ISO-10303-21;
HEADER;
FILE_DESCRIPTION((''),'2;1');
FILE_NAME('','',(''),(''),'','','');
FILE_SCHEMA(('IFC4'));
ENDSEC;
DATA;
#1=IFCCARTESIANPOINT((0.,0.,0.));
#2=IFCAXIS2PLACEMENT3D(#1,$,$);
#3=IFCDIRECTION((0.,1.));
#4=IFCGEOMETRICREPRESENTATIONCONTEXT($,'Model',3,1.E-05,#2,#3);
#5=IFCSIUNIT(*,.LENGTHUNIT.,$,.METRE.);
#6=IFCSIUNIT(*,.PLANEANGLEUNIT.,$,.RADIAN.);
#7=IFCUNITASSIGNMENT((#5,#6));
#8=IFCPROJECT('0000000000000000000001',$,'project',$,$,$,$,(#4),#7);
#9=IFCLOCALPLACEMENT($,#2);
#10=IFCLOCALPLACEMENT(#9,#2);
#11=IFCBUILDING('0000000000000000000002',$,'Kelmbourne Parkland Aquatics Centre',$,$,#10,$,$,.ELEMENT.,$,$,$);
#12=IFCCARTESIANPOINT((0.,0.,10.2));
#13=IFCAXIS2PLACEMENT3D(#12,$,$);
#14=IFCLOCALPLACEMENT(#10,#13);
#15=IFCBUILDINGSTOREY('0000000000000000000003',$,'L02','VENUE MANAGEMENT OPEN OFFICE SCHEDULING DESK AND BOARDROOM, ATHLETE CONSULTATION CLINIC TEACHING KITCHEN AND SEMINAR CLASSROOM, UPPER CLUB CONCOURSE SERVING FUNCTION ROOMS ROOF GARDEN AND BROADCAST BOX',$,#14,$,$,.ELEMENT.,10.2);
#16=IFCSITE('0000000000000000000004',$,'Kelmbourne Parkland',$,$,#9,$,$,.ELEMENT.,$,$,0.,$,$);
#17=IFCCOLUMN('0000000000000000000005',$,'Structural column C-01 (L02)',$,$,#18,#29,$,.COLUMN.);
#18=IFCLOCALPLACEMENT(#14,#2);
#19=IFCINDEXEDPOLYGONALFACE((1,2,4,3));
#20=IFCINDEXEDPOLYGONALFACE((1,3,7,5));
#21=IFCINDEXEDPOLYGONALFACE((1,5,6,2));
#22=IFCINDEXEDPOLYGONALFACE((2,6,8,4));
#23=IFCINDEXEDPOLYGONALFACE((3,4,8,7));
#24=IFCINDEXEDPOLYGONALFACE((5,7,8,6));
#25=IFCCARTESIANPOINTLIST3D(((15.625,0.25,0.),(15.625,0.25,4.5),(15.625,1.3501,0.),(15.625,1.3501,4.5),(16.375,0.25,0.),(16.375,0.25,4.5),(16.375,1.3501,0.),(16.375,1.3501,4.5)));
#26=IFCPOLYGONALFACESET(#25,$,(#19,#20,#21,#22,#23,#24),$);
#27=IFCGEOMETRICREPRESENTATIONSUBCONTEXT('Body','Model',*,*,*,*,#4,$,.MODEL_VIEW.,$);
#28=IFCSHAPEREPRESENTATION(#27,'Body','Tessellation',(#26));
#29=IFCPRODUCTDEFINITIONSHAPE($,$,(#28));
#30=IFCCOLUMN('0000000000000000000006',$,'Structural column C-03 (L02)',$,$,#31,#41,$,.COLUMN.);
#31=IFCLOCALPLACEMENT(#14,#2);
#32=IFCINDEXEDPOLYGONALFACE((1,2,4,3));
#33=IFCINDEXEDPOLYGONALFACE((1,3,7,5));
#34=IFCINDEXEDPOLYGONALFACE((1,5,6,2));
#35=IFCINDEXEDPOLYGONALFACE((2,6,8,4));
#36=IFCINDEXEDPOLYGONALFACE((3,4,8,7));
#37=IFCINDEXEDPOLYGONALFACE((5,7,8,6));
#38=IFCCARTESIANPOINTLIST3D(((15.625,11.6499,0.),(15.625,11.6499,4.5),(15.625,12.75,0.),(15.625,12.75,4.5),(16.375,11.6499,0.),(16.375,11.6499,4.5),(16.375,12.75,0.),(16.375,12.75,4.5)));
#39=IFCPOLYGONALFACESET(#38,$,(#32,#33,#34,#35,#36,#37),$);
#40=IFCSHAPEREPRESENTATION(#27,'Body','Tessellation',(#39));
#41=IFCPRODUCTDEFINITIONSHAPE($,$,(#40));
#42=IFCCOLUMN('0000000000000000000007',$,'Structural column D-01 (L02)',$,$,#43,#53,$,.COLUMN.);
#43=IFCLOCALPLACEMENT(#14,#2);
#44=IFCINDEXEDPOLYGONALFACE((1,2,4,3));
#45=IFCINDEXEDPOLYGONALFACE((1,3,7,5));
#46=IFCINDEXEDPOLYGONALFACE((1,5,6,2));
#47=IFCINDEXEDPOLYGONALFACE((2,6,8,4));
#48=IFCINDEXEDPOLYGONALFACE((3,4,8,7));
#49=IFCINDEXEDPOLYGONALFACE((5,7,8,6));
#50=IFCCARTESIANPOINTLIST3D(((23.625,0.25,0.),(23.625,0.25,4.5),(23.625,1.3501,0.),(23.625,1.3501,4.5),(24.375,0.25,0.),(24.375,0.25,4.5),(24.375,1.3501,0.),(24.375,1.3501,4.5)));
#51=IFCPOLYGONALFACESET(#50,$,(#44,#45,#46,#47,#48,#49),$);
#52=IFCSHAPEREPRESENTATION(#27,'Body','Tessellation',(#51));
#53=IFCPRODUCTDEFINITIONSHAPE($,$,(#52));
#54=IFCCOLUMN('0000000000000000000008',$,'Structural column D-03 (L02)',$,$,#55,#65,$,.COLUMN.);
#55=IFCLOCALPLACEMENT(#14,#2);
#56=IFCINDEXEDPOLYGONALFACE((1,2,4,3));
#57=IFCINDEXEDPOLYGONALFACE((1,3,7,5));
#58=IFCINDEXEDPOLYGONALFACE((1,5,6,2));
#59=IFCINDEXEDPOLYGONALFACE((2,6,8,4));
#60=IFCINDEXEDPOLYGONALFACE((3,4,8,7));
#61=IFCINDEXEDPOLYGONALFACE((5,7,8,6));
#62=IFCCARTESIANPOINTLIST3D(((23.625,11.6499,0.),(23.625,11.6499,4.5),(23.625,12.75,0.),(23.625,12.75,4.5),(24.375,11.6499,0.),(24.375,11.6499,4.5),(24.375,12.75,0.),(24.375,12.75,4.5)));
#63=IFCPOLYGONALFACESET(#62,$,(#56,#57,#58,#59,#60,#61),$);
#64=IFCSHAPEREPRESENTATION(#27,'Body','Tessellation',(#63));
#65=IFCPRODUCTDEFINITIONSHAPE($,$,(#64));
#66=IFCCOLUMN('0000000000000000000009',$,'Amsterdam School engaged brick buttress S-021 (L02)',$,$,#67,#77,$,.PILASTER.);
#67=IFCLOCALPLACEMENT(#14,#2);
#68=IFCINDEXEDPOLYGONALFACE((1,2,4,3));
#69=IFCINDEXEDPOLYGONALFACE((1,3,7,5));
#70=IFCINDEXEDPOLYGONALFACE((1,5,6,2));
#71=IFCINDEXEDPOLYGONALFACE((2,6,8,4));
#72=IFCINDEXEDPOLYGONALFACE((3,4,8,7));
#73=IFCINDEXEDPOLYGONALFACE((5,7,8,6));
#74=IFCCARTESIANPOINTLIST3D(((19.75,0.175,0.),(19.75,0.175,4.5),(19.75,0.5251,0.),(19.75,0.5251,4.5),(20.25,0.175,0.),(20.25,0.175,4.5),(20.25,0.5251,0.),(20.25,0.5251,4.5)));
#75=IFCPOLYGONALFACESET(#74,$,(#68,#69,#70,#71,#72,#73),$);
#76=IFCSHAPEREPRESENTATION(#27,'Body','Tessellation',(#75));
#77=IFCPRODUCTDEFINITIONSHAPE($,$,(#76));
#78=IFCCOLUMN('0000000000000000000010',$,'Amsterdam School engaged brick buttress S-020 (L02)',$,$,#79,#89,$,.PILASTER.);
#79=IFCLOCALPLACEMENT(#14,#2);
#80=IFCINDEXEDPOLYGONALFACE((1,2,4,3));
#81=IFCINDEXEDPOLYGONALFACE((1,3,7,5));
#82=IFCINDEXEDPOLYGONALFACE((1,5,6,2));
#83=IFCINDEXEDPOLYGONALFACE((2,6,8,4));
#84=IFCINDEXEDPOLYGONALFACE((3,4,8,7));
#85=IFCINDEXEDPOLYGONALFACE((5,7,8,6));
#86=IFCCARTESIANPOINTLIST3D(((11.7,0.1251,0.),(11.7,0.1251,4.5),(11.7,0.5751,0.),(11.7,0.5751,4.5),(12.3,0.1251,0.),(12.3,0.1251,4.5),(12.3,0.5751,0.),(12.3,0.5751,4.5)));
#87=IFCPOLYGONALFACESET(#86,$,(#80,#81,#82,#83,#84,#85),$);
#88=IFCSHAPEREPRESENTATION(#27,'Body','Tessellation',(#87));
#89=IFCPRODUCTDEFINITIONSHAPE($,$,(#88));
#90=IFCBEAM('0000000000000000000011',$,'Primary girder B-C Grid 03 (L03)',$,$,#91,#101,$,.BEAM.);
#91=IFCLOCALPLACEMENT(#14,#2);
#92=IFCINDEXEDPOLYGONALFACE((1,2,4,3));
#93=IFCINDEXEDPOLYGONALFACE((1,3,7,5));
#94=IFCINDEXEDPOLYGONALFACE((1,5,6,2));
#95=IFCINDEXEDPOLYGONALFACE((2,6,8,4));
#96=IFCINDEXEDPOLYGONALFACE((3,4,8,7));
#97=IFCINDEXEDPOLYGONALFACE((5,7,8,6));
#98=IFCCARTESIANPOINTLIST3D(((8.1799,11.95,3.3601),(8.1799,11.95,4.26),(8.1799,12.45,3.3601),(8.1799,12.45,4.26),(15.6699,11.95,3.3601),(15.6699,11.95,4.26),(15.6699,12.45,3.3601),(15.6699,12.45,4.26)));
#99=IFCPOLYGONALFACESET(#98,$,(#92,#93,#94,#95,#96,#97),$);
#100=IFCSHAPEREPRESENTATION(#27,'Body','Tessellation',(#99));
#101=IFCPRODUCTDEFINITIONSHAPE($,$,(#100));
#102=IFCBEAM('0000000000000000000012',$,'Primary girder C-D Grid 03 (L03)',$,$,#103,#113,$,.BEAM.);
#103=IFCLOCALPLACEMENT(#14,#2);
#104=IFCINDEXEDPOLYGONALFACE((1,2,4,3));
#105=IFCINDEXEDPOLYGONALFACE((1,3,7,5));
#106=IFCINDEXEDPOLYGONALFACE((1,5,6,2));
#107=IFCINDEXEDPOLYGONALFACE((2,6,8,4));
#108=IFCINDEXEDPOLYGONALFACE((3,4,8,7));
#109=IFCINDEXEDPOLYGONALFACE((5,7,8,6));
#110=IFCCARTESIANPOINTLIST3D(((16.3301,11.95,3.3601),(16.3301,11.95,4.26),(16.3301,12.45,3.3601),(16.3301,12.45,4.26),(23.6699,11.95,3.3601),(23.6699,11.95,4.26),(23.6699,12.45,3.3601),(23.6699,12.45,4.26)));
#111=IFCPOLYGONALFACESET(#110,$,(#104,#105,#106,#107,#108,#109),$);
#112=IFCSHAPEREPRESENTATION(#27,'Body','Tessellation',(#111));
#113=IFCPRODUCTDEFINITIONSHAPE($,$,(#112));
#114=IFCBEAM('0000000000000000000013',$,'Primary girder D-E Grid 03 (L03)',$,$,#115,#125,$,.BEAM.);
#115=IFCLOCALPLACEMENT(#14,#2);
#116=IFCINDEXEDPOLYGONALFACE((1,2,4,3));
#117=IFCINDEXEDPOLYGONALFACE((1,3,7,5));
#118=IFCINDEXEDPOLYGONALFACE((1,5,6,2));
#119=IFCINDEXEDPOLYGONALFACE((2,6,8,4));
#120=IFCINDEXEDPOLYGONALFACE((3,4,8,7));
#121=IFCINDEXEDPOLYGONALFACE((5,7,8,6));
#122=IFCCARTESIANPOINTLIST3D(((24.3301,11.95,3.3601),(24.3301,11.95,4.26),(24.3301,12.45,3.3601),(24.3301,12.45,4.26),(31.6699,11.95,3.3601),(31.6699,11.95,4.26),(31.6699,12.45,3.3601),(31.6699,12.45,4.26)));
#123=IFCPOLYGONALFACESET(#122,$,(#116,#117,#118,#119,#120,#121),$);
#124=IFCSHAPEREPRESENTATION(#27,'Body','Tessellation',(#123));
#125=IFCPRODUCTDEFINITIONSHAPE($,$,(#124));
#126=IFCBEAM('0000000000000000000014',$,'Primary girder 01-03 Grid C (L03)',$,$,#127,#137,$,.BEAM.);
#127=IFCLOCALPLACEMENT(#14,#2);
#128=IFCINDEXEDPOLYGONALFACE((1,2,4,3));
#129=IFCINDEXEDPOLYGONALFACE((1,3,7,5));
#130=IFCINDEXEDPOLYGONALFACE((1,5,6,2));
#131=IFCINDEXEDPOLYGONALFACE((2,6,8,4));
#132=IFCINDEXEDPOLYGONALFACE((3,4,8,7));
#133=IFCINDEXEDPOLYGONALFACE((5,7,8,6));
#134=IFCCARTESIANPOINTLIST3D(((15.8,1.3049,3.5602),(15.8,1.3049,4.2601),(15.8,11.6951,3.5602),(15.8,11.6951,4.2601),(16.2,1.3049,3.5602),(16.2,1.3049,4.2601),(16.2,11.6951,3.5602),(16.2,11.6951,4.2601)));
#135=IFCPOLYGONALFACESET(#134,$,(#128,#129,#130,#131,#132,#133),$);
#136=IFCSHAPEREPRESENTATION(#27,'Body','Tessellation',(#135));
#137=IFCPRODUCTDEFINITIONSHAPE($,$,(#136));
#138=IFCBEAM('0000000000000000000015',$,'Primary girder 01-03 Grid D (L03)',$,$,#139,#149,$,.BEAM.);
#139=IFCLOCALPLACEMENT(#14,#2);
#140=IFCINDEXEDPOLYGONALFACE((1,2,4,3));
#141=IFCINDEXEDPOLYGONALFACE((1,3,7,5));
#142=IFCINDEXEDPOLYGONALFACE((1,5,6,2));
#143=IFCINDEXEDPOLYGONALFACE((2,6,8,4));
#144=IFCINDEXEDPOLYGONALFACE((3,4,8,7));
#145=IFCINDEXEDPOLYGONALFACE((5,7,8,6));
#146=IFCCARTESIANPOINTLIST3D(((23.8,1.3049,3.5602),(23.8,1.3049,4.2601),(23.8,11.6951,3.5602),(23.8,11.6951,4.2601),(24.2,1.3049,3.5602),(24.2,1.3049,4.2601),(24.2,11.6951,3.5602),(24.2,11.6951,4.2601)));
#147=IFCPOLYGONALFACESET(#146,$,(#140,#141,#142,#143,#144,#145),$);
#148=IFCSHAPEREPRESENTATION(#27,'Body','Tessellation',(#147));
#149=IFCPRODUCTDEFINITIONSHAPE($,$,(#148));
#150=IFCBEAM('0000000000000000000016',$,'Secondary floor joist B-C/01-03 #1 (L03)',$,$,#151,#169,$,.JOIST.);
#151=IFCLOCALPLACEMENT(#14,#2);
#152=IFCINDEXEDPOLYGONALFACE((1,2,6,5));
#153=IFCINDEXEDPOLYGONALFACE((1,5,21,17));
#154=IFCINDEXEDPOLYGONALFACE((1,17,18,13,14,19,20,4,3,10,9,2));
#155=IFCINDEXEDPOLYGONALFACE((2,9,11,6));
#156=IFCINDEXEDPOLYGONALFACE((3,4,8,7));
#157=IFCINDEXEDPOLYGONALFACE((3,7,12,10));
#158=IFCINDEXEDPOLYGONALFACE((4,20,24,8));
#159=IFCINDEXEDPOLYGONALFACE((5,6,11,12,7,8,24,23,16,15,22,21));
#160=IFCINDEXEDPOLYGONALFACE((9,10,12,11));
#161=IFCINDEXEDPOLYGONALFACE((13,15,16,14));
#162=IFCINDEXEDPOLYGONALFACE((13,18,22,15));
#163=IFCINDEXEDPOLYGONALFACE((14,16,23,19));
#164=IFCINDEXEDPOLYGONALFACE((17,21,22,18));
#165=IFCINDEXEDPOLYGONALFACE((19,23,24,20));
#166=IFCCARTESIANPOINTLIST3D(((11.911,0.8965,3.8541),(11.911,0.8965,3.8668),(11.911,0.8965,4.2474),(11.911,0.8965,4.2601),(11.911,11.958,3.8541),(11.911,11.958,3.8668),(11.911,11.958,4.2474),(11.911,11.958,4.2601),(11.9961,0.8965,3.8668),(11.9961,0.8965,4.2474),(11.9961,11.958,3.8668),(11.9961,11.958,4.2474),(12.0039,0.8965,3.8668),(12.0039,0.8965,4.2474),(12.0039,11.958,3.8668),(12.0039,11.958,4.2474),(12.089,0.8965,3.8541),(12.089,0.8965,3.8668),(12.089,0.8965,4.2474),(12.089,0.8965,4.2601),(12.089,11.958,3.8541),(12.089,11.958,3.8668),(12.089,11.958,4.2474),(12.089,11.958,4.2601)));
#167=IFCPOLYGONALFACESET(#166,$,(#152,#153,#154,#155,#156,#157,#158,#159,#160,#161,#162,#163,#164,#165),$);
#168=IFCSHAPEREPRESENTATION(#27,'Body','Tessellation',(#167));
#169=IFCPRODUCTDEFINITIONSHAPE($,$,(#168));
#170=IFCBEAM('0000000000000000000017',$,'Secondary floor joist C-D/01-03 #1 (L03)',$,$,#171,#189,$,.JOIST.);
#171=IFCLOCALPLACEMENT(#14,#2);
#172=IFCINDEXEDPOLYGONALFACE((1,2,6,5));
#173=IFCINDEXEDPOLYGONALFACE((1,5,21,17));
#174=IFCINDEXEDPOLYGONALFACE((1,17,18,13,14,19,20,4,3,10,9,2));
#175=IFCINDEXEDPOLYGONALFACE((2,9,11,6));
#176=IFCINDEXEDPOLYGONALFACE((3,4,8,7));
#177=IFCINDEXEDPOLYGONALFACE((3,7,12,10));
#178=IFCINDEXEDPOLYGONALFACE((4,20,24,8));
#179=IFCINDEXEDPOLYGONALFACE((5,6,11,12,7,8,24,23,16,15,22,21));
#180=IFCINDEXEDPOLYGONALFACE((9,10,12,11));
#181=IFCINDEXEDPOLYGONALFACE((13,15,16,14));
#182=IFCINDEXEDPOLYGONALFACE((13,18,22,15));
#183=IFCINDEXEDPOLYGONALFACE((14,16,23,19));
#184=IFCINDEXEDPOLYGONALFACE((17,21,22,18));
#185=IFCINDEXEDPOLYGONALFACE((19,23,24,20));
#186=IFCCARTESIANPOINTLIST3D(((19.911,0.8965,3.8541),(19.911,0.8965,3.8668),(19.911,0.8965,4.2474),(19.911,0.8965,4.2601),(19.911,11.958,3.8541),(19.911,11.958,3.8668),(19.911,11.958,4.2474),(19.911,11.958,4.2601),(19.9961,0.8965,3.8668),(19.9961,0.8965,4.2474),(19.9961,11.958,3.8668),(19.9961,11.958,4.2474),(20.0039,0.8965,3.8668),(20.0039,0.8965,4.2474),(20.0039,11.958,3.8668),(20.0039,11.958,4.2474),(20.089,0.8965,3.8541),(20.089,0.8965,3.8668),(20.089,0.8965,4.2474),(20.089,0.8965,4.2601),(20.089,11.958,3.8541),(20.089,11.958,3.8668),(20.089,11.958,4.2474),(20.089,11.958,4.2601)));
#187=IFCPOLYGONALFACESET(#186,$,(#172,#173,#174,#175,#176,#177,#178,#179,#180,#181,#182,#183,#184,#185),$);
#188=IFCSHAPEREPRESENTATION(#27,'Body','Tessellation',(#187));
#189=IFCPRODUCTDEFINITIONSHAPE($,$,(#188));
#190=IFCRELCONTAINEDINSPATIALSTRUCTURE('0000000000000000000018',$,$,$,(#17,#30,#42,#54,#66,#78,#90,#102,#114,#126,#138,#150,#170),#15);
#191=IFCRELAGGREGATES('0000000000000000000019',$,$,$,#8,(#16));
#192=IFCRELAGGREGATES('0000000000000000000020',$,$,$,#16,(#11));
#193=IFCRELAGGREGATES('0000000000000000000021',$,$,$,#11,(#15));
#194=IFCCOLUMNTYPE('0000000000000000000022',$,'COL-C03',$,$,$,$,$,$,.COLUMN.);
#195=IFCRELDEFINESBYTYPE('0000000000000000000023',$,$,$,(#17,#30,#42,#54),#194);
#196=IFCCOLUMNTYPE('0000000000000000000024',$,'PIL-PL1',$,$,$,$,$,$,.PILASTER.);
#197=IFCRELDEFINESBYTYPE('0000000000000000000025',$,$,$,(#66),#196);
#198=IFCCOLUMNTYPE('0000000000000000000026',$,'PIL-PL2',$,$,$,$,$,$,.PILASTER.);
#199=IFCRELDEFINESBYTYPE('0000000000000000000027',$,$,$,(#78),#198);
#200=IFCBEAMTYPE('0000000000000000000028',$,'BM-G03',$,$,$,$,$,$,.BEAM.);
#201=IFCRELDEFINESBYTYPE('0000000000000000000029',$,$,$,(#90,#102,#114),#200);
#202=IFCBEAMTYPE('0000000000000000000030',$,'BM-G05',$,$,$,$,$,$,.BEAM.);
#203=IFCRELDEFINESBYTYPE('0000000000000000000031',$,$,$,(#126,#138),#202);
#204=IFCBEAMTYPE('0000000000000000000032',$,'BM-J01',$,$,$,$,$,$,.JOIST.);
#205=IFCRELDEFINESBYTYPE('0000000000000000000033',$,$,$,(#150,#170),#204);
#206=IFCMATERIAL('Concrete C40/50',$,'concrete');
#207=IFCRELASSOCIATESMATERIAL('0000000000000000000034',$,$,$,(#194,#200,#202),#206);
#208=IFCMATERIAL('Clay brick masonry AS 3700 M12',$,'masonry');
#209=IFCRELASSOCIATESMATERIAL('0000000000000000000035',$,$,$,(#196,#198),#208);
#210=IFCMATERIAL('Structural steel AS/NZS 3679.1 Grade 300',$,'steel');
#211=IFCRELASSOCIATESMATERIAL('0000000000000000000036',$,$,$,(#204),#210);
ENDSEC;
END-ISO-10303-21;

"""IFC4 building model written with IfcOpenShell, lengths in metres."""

from ifc_helpers import new_model, si_unit, direction, frame, origin, origin_2d, place, context, subcontext, project, spatial, rectangle, i_section, extrude, material, material_profile, profile_set, type_object, element, save


model = new_model("IFC4")

# Units and contexts
model_context = context("Model", 3, precision=1e-05, world=origin(), true_north=direction((0.0, 1.0)))
body_context = subcontext(model_context, "Body", "Model", "MODEL_VIEW")
ifc_project = project(units=[si_unit("LENGTHUNIT", "METRE"), si_unit("PLANEANGLEUNIT", "RADIAN")], contexts=[model_context])

# Site, building, storey
site_placement = place(None, origin())
site = spatial("IfcSite", under=ifc_project, at=site_placement, Name="Kelmbourne Parkland", CompositionType="ELEMENT", RefElevation=0.0)
building_placement = place(site_placement, origin())
building = spatial("IfcBuilding", under=site, at=building_placement, Name="Kelmbourne Parkland Aquatics Centre", CompositionType="ELEMENT")
storey_placement = place(building_placement, frame((0.0, 0.0, 10.2)))
storey = spatial("IfcBuildingStorey", under=building, at=storey_placement, Name="L02", Description="VENUE MANAGEMENT OPEN OFFICE SCHEDULING DESK AND BOARDROOM, ATHLETE CONSULTATION CLINIC TEACHING KITCHEN AND SEMINAR CLASSROOM, UPPER CLUB CONCOURSE SERVING FUNCTION ROOMS ROOF GARDEN AND BROADCAST BOX", CompositionType="ELEMENT", Elevation=10.2)

# Columns
ifc_material_1 = material(Name="Concrete C40/50", Category="concrete")
ifc_material_profile_1 = material_profile(ifc_material_1, rectangle(XDim=0.75, YDim=1.1001, at=origin_2d()), Name="RC 750x1100")
ifc_profile_set_1 = profile_set([ifc_material_profile_1], Name="Concrete C40/50")
column_type_1 = type_object("IfcColumnType", Name="COL-C03", PredefinedType="COLUMN", material=ifc_profile_set_1)
for number, where, z_axis, x_axis, name in (
    (1, (16.0, 0.8, 0.0), (0.0, 0.0, 1.0), (1.0, 0.0, 0.0), "Structural column C-01 (L02)"),
    (2, (16.0, 12.2, 0.0), (0.0, 0.0, 1.0), (1.0, 0.0, 0.0), "Structural column C-03 (L02)"),
    (3, (24.0, 0.8, 0.0), (0.0, 0.0, 1.0), (1.0, 0.0, 0.0), "Structural column D-01 (L02)"),
    (4, (24.0, 12.2, 0.0), (0.0, 0.0, 1.0), (1.0, 0.0, 0.0), "Structural column D-03 (L02)"),
):
    element("IfcColumn", number, at=place(storey_placement, frame(where, z_axis=z_axis, x_axis=x_axis)), inside=storey, type_object=column_type_1, Name=name, PredefinedType="COLUMN", context=body_context, shape_type="SweptSolid", body=[
        extrude(rectangle(XDim=0.75, YDim=1.1001, at=origin_2d()), origin(), (0.0, 0.0, 1.0), 4.5),
    ])
ifc_material_2 = material(Name="Clay brick masonry AS 3700 M12", Category="masonry")
ifc_material_profile_2 = material_profile(ifc_material_2, rectangle(XDim=0.3501, YDim=0.5, at=origin_2d()), Name="PIL 350x500")
ifc_profile_set_2 = profile_set([ifc_material_profile_2], Name="Clay brick masonry AS 3700 M12")
column_type_2 = type_object("IfcColumnType", Name="PIL-PL1", PredefinedType="PILASTER", material=ifc_profile_set_2)
column_1_placement = place(storey_placement, frame((20.0, 0.3501, 0.0), z_axis=(0.0, 0.0, 1.0), x_axis=(0.0, 1.0, 0.0)))
element("IfcColumn", 5, at=column_1_placement, inside=storey, type_object=column_type_2, Name="Amsterdam School engaged brick buttress S-021 (L02)", PredefinedType="PILASTER", context=body_context, shape_type="SweptSolid", body=[
    extrude(rectangle(XDim=0.3501, YDim=0.5, at=origin_2d()), origin(), (0.0, 0.0, 1.0), 4.5),
])
ifc_material_profile_3 = material_profile(ifc_material_2, rectangle(XDim=0.45, YDim=0.6001, at=origin_2d()), Name="PIL 450x600")
ifc_profile_set_3 = profile_set([ifc_material_profile_3], Name="Clay brick masonry AS 3700 M12")
column_type_3 = type_object("IfcColumnType", Name="PIL-PL2", PredefinedType="PILASTER", material=ifc_profile_set_3)
column_2_placement = place(storey_placement, frame((12.0, 0.3501, 0.0), z_axis=(0.0, 0.0, 1.0), x_axis=(0.0, 1.0, 0.0)))
element("IfcColumn", 6, at=column_2_placement, inside=storey, type_object=column_type_3, Name="Amsterdam School engaged brick buttress S-020 (L02)", PredefinedType="PILASTER", context=body_context, shape_type="SweptSolid", body=[
    extrude(rectangle(XDim=0.45, YDim=0.6001, at=origin_2d()), origin(), (0.0, 0.0, 1.0), 4.5),
])

# Beams
ifc_material_profile_4 = material_profile(ifc_material_1, rectangle(XDim=0.5, YDim=0.8999, at=origin_2d()), Name="RC 500x900")
ifc_profile_set_4 = profile_set([ifc_material_profile_4], Name="Concrete C40/50")
beam_type_1 = type_object("IfcBeamType", Name="BM-G03", PredefinedType="BEAM", material=ifc_profile_set_4)
beam_1_placement = place(storey_placement, frame((8.1799, 12.2, 3.8101), z_axis=(1.0, 0.0, 0.0), x_axis=(0.0, 1.0, 0.0)))
element("IfcBeam", 7, at=beam_1_placement, inside=storey, type_object=beam_type_1, Name="Primary girder B-C Grid 03 (L03)", PredefinedType="BEAM", context=body_context, shape_type="SweptSolid", body=[
    extrude(rectangle(XDim=0.5, YDim=0.8999, at=origin_2d()), origin(), (0.0, 0.0, 1.0), 7.49),
])
for number, where, z_axis, x_axis, name in (
    (8, (16.3301, 12.2, 3.8101), (1.0, 0.0, 0.0), (0.0, 1.0, 0.0), "Primary girder C-D Grid 03 (L03)"),
    (9, (24.3301, 12.2, 3.8101), (1.0, 0.0, 0.0), (0.0, 1.0, 0.0), "Primary girder D-E Grid 03 (L03)"),
):
    element("IfcBeam", number, at=place(storey_placement, frame(where, z_axis=z_axis, x_axis=x_axis)), inside=storey, type_object=beam_type_1, Name=name, PredefinedType="BEAM", context=body_context, shape_type="SweptSolid", body=[
        extrude(rectangle(XDim=0.5, YDim=0.8999, at=origin_2d()), origin(), (0.0, 0.0, 1.0), 7.3398),
    ])
ifc_material_profile_5 = material_profile(ifc_material_1, rectangle(XDim=0.3999, YDim=0.7, at=origin_2d()), Name="RC 400x700")
ifc_profile_set_5 = profile_set([ifc_material_profile_5], Name="Concrete C40/50")
beam_type_2 = type_object("IfcBeamType", Name="BM-G05", PredefinedType="BEAM", material=ifc_profile_set_5)
for number, where, z_axis, x_axis, name in (
    (10, (16.0, 1.3049, 3.9102), (0.0, 1.0, 0.0), (-1.0, 0.0, 0.0), "Primary girder 01-03 Grid C (L03)"),
    (11, (24.0, 1.3049, 3.9102), (0.0, 1.0, 0.0), (-1.0, 0.0, 0.0), "Primary girder 01-03 Grid D (L03)"),
):
    element("IfcBeam", number, at=place(storey_placement, frame(where, z_axis=z_axis, x_axis=x_axis)), inside=storey, type_object=beam_type_2, Name=name, PredefinedType="BEAM", context=body_context, shape_type="SweptSolid", body=[
        extrude(rectangle(XDim=0.3999, YDim=0.7, at=origin_2d()), origin(), (0.0, 0.0, 1.0), 10.3901),
    ])
ifc_material_3 = material(Name="Structural steel AS/NZS 3679.1 Grade 300", Category="steel")
ifc_material_profile_6 = material_profile(ifc_material_3, i_section(OverallWidth=0.178, OverallDepth=0.406, WebThickness=0.0078, FlangeThickness=0.0127, at=origin_2d()), Name="410UB59.7")
ifc_profile_set_6 = profile_set([ifc_material_profile_6], Name="Structural steel AS/NZS 3679.1 Grade 300")
beam_type_3 = type_object("IfcBeamType", Name="BM-J01", PredefinedType="JOIST", material=ifc_profile_set_6)
for number, where, z_axis, x_axis, name in (
    (12, (12.0, 0.8965, 4.0571), (0.0, 1.0, 0.0), (-1.0, 0.0, 0.0), "Secondary floor joist B-C/01-03 #1 (L03)"),
    (13, (20.0, 0.8965, 4.0571), (0.0, 1.0, 0.0), (-1.0, 0.0, 0.0), "Secondary floor joist C-D/01-03 #1 (L03)"),
):
    element("IfcBeam", number, at=place(storey_placement, frame(where, z_axis=z_axis, x_axis=x_axis)), inside=storey, type_object=beam_type_3, Name=name, PredefinedType="JOIST", context=body_context, shape_type="SweptSolid", body=[
        extrude(i_section(OverallWidth=0.178, OverallDepth=0.406, WebThickness=0.0078, FlangeThickness=0.0127, at=origin_2d()), origin(), (0.0, 0.0, 1.0), 11.0615),
    ])

save(model, "model.ifc")
